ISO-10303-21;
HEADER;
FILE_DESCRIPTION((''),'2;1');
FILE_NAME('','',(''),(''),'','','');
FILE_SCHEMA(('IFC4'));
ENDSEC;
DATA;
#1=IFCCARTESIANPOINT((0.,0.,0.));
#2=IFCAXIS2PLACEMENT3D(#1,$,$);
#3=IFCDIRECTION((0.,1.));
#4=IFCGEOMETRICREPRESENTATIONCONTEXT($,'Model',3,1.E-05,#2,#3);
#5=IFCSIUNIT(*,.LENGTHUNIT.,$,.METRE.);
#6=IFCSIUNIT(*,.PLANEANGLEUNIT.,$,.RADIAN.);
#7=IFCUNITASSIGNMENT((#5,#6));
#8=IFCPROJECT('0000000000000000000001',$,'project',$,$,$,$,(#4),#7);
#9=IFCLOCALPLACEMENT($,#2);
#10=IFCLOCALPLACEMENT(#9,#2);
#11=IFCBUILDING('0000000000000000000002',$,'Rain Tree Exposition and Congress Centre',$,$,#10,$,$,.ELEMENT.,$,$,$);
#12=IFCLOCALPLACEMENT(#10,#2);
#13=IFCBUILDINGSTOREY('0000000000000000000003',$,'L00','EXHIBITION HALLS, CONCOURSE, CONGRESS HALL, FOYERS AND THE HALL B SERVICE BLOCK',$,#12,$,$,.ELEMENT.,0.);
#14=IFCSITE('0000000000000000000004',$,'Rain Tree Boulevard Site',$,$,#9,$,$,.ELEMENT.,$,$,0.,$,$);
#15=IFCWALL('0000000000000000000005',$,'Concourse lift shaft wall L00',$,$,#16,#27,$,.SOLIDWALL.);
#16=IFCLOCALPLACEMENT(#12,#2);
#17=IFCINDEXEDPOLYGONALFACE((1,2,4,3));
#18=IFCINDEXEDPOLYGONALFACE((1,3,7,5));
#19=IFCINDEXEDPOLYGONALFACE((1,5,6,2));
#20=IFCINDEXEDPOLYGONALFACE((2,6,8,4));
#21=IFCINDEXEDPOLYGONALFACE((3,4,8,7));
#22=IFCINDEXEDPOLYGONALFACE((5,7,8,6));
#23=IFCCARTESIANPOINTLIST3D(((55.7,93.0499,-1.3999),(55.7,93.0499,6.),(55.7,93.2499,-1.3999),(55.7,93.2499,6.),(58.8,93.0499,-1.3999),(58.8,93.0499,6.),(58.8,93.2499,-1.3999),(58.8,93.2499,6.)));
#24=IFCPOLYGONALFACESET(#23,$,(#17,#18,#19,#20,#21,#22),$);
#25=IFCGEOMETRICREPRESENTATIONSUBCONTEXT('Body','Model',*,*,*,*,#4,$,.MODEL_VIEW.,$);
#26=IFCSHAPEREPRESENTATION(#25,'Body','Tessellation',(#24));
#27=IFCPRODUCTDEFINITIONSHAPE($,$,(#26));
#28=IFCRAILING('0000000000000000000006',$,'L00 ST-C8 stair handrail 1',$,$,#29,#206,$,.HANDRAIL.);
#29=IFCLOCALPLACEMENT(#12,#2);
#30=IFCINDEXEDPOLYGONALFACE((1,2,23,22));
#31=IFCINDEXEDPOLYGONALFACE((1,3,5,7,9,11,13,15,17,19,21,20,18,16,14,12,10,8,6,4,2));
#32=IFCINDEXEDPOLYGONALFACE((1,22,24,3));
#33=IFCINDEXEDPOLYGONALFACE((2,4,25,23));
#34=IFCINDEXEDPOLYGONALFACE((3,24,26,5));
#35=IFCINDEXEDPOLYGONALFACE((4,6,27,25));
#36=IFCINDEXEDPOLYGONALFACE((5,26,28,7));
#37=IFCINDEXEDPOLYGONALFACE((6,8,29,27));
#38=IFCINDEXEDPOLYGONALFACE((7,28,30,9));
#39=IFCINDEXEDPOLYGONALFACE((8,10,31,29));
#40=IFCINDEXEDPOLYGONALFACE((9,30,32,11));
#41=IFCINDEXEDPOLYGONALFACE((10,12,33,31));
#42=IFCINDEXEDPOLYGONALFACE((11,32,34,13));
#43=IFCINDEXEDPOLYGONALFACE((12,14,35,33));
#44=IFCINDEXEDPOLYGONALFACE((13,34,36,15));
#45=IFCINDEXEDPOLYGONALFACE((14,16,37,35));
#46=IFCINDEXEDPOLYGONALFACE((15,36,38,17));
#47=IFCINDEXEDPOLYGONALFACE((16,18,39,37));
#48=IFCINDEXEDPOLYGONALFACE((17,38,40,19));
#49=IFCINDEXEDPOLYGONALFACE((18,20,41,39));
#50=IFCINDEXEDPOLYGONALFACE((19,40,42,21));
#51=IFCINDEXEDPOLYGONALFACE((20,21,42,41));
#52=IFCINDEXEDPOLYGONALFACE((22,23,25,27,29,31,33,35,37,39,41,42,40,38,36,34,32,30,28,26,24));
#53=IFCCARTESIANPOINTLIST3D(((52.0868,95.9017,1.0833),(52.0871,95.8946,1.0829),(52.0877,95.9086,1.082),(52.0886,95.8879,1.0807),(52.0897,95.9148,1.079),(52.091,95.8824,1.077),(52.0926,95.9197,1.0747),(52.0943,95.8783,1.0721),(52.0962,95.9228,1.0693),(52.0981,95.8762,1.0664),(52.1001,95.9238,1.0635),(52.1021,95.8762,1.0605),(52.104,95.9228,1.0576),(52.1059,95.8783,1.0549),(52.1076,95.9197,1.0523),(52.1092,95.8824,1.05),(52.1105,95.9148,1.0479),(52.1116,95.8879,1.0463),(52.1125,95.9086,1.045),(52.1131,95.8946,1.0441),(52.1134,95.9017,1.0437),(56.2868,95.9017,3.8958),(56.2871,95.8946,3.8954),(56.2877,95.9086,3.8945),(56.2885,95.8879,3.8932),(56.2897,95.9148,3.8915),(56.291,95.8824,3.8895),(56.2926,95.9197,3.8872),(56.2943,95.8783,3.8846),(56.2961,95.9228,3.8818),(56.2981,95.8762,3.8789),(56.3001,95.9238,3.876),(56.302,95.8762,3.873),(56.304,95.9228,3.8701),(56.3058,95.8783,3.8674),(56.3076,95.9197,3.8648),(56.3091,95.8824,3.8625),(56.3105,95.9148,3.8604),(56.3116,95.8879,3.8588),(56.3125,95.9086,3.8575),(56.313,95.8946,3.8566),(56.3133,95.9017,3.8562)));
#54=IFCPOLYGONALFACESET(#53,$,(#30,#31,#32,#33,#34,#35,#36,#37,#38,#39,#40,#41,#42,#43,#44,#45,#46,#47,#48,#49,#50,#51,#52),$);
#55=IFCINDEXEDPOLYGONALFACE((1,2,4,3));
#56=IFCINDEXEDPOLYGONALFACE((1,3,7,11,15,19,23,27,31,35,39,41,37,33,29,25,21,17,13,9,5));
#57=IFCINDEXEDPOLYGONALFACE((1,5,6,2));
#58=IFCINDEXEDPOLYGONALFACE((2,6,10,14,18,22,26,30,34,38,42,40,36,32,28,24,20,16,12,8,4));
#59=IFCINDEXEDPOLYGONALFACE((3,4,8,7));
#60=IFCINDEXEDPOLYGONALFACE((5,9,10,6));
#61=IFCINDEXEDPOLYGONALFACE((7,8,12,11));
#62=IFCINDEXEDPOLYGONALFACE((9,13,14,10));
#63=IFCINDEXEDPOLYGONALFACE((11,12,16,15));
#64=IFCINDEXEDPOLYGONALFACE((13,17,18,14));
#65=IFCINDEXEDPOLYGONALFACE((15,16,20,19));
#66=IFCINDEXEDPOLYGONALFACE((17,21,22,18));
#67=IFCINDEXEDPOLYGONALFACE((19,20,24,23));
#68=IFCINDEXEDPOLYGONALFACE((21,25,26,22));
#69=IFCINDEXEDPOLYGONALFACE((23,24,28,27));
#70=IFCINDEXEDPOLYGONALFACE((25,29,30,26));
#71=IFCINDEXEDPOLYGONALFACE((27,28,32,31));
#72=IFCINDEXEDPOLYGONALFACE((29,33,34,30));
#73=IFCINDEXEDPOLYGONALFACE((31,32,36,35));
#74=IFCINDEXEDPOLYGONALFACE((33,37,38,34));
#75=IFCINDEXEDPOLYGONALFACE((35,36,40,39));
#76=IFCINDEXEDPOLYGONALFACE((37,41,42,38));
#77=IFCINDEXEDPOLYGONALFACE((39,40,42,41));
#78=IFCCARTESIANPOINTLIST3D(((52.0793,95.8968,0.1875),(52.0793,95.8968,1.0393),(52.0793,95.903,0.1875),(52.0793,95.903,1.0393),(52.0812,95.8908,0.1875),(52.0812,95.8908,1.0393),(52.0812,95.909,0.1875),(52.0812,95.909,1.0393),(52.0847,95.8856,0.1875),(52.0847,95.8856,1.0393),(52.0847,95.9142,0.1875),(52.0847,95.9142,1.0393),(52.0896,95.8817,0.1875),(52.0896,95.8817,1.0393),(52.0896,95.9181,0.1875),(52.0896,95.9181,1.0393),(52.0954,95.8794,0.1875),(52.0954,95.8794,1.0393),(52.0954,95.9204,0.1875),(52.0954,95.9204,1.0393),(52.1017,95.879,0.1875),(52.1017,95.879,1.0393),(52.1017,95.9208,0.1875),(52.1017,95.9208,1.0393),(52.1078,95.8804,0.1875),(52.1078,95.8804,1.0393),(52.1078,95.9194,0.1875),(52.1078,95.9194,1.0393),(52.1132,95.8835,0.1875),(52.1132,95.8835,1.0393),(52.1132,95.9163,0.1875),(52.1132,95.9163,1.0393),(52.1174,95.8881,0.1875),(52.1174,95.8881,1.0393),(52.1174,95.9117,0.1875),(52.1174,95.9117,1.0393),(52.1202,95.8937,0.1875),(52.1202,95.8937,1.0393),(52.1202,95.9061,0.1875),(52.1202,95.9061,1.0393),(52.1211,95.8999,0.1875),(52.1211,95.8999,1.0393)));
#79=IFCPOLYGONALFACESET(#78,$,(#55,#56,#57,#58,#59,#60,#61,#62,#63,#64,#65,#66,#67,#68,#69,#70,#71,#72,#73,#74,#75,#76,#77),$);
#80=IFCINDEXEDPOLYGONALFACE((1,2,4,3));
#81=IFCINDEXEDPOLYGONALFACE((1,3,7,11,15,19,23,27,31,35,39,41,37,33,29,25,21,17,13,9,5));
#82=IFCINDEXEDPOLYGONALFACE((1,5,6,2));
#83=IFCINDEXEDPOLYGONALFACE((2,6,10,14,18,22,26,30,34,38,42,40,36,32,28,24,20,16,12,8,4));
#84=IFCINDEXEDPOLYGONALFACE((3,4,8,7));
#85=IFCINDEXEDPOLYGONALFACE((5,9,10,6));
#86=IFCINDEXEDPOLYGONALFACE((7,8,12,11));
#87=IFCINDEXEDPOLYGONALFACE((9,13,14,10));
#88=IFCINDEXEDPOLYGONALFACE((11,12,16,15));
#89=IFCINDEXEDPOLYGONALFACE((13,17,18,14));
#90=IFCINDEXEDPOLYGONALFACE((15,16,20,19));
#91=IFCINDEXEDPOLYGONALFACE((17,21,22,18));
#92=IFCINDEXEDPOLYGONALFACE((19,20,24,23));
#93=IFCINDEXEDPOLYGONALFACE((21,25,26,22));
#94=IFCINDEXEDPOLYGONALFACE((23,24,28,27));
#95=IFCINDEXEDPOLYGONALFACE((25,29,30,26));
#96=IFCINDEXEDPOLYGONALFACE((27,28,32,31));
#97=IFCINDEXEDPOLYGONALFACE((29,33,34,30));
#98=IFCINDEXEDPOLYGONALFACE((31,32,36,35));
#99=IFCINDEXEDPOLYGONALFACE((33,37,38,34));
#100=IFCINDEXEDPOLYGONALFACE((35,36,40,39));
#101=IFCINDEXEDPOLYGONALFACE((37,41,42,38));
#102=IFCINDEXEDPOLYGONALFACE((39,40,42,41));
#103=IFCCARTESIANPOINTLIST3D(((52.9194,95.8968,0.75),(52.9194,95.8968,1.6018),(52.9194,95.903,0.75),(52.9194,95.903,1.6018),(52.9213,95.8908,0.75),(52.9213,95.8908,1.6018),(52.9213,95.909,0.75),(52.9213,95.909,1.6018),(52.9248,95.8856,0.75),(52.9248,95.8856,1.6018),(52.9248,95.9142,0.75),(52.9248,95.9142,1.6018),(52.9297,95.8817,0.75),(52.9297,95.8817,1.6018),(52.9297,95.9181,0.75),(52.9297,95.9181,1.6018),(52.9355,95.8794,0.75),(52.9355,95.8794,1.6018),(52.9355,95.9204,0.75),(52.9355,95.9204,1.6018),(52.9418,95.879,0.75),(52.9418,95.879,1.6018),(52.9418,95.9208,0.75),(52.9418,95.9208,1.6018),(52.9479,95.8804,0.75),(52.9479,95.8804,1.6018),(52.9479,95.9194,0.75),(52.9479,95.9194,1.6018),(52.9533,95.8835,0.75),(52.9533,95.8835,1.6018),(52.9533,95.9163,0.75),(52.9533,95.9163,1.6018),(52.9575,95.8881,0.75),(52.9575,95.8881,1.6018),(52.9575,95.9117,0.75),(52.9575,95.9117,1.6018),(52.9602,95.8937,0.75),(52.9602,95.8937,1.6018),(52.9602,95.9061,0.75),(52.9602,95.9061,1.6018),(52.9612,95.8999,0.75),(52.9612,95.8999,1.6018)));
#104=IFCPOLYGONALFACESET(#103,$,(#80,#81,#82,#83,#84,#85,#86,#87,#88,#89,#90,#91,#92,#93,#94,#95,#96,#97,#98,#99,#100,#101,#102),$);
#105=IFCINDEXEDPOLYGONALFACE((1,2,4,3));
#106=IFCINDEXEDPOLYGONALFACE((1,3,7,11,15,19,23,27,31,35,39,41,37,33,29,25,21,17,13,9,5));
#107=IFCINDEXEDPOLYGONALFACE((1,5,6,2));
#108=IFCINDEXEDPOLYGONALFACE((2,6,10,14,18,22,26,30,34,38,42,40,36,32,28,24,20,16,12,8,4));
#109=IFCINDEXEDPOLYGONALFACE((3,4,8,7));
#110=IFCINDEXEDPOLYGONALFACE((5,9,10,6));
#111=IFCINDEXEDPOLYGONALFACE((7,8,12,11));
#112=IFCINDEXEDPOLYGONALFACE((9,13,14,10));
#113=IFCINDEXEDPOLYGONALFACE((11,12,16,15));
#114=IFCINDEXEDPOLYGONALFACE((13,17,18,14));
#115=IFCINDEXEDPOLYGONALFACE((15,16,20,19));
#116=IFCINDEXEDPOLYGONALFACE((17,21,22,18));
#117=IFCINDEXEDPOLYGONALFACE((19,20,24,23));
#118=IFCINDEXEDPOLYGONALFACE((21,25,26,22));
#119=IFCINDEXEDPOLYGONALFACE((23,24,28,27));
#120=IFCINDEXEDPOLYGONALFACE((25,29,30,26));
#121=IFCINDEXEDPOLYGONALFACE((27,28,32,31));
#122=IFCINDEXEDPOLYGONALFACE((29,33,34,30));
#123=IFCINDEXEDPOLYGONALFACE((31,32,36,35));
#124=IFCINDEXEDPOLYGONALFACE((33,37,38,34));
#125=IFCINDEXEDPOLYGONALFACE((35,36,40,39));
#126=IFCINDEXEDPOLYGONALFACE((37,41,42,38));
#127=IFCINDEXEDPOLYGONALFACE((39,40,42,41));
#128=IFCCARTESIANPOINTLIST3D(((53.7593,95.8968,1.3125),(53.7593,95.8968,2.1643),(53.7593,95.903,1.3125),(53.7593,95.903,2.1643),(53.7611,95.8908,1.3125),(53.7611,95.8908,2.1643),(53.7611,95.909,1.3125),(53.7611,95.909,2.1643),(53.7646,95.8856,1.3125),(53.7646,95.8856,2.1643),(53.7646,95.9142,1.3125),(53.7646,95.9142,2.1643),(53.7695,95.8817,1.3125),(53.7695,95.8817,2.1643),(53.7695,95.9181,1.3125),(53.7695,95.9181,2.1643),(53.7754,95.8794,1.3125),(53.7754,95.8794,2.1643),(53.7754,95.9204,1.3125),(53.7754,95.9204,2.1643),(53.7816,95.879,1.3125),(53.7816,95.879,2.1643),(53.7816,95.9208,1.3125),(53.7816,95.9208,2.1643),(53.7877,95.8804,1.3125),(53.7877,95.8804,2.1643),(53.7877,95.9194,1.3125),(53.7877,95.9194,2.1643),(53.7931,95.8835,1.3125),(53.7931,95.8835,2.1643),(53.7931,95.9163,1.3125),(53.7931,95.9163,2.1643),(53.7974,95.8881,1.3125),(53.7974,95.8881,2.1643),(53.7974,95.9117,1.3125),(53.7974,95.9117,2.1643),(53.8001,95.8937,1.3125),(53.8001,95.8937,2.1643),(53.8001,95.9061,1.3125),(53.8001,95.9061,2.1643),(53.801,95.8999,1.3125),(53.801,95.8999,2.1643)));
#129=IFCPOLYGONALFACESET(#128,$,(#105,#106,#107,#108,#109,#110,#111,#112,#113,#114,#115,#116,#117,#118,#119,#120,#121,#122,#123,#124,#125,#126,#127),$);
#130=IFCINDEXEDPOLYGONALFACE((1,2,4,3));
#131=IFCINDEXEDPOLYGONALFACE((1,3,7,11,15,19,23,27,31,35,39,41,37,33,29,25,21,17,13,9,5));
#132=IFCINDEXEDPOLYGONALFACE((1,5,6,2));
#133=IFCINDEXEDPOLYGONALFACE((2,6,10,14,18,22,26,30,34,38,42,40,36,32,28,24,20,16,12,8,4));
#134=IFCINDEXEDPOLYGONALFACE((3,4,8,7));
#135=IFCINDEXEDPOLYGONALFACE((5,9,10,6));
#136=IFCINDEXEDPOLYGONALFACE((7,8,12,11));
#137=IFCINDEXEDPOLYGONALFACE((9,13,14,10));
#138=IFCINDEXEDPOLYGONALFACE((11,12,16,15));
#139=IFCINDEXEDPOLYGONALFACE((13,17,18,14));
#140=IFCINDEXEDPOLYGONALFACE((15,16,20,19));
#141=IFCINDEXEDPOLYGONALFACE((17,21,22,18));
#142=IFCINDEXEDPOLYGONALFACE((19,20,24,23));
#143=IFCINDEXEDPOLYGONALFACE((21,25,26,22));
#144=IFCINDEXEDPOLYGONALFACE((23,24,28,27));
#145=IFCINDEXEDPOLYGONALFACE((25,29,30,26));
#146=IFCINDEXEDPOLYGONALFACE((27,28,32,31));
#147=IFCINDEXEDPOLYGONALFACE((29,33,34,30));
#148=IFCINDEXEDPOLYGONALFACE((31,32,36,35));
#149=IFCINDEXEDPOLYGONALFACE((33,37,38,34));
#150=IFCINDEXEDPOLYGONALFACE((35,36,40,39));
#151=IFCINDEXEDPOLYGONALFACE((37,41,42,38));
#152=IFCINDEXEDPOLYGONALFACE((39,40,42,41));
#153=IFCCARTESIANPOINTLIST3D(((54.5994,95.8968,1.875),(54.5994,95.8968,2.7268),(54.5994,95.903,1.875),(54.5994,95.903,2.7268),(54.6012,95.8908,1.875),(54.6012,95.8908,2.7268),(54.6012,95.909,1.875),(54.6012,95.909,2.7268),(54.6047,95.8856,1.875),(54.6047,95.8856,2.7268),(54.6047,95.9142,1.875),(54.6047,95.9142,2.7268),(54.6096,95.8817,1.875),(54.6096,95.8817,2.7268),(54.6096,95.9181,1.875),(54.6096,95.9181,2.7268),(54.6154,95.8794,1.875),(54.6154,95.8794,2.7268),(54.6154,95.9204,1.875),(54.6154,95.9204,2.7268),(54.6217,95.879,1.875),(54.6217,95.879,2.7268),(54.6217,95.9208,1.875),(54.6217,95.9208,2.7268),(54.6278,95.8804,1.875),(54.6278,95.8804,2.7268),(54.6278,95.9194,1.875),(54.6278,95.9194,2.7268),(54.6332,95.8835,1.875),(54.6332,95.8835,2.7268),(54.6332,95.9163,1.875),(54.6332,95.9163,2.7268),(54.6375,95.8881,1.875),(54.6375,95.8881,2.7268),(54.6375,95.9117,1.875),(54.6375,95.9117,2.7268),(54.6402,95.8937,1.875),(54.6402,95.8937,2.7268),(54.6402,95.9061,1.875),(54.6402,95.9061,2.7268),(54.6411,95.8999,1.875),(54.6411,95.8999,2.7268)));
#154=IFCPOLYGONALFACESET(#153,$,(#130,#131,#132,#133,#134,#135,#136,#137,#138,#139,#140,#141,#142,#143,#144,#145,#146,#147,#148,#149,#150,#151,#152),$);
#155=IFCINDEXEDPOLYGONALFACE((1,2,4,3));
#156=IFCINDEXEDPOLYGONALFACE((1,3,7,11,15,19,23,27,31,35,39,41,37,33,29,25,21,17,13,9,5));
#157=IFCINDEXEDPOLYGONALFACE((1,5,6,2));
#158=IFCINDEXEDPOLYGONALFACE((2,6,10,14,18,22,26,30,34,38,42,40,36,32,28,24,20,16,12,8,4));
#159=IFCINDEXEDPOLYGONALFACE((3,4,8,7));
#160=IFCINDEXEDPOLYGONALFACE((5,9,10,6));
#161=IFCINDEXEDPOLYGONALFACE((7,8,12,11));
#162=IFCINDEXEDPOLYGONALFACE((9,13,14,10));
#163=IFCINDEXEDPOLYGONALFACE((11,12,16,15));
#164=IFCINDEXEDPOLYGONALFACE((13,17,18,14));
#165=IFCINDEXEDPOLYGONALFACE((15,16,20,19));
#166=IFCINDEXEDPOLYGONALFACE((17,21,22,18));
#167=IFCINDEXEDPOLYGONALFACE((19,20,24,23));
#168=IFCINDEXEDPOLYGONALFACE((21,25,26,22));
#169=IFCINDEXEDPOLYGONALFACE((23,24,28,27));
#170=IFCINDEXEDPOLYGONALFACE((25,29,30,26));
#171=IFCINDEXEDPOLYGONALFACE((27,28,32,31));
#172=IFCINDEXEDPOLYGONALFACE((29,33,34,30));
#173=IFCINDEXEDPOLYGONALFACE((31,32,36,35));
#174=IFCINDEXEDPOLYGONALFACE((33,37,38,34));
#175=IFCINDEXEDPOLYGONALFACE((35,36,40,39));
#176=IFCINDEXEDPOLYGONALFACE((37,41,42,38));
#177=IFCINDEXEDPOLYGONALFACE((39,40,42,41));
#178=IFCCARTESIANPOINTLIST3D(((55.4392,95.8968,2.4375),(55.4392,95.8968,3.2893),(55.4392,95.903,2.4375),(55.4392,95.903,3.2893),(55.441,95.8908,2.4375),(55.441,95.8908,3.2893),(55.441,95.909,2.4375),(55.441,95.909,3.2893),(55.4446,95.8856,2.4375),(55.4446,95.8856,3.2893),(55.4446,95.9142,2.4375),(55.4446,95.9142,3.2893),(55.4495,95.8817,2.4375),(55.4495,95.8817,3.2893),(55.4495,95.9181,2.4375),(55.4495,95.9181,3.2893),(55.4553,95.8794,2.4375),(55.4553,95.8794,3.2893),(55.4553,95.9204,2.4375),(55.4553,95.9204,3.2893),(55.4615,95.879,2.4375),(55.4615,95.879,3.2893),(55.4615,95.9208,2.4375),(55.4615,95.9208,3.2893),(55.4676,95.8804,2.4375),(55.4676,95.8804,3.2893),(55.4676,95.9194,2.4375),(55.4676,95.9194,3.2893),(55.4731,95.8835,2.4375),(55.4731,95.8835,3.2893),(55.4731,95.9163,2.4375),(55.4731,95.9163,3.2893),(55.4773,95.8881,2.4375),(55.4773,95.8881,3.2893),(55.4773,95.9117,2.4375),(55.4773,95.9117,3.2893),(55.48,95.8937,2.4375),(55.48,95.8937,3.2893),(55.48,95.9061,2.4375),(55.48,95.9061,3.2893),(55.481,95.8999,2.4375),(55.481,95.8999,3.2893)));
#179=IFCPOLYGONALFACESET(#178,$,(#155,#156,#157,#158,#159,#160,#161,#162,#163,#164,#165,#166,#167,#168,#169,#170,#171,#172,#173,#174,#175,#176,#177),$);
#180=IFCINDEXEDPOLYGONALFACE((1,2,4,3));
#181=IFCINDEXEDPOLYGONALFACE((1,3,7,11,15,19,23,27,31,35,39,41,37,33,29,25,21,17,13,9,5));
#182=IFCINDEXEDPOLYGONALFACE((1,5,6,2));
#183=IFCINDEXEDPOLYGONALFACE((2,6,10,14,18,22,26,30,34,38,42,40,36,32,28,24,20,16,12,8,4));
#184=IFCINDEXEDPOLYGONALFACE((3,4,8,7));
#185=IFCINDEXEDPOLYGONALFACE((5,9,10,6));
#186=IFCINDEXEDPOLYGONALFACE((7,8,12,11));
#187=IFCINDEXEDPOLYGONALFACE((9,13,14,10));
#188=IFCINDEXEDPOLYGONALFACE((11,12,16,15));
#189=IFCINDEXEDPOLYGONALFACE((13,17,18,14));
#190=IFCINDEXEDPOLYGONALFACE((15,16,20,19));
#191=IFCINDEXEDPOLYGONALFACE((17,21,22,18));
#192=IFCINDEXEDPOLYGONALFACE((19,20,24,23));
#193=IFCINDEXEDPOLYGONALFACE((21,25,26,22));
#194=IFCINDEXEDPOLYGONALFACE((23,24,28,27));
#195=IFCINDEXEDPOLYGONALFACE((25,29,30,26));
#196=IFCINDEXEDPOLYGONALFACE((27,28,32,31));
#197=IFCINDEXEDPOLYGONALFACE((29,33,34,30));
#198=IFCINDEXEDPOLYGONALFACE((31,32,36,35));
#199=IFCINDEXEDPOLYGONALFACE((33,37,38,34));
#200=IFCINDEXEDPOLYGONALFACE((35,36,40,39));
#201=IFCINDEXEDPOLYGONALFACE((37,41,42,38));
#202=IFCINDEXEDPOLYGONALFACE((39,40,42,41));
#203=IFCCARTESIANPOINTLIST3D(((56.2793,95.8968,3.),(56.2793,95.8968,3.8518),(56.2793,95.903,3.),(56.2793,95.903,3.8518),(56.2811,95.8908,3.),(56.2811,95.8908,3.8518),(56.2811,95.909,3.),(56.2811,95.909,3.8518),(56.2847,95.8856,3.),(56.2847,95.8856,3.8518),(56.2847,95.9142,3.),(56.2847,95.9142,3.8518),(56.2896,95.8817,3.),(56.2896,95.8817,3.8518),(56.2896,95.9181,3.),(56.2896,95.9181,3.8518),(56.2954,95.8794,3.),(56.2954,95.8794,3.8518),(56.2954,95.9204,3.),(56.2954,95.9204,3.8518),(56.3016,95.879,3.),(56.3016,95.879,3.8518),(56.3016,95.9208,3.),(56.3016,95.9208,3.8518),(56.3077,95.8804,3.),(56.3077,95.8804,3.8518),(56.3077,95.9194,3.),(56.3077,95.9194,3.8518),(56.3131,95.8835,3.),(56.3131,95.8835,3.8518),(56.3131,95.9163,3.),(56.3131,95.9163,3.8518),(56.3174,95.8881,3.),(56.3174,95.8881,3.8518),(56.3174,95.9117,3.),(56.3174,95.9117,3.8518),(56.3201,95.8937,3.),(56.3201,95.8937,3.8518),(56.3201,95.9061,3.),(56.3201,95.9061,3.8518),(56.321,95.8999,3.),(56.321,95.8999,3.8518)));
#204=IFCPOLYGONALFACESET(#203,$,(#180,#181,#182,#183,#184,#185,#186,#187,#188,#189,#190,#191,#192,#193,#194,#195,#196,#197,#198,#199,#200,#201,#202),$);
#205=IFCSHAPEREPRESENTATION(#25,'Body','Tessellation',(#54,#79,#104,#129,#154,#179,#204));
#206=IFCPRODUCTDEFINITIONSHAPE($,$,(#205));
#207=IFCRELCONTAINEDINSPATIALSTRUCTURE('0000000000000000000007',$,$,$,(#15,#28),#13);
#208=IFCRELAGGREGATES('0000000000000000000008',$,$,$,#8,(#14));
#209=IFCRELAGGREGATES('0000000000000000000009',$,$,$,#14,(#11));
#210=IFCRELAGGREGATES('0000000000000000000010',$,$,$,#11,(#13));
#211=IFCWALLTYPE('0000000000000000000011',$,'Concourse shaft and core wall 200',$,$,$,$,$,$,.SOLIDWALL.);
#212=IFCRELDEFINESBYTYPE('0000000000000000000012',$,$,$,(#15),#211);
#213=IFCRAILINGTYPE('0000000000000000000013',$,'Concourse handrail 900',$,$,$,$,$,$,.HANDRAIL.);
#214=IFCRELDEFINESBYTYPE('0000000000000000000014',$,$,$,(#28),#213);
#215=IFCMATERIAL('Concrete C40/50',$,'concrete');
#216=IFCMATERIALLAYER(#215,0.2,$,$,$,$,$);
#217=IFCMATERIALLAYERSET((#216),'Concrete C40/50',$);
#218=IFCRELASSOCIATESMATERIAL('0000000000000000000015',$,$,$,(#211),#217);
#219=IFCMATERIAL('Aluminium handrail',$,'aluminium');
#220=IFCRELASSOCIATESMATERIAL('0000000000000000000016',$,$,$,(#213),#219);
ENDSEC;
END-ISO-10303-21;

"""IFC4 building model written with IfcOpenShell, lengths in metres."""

from ifc_helpers import new_model, si_unit, direction, frame, frame_2d, origin, origin_2d, place, context, subcontext, project, spatial, rectangle, circle, extrude, material, layer, layer_set, type_object, element, save


model = new_model("IFC4")

# Units and contexts
model_context = context("Model", 3, precision=1e-05, world=origin(), true_north=direction((0.0, 1.0)))
body_context = subcontext(model_context, "Body", "Model", "MODEL_VIEW")
ifc_project = project(units=[si_unit("LENGTHUNIT", "METRE"), si_unit("PLANEANGLEUNIT", "RADIAN")], contexts=[model_context])

# Site, building, storey
site_placement = place(None, origin())
site = spatial("IfcSite", under=ifc_project, at=site_placement, Name="Rain Tree Boulevard Site", CompositionType="ELEMENT", RefElevation=0.0)
building_placement = place(site_placement, origin())
building = spatial("IfcBuilding", under=site, at=building_placement, Name="Rain Tree Exposition and Congress Centre", CompositionType="ELEMENT")
storey_placement = place(building_placement, origin())
storey = spatial("IfcBuildingStorey", under=building, at=storey_placement, Name="L00", Description="EXHIBITION HALLS, CONCOURSE, CONGRESS HALL, FOYERS AND THE HALL B SERVICE BLOCK", CompositionType="ELEMENT", Elevation=0.0)

# Shared definitions
ifc_material_1 = material(Name="Concrete C40/50", Category="concrete")
ifc_layer_1 = layer(ifc_material_1, 0.2)
ifc_layer_set_1 = layer_set([ifc_layer_1], Name="Concrete C40/50")
wall_type_1 = type_object("IfcWallType", Name="Concourse shaft and core wall 200", PredefinedType="SOLIDWALL", material=ifc_layer_set_1)

# Wall
wall_1_placement = place(storey_placement, frame((55.7, 93.1499, -1.3999), z_axis=(0.0, 0.0, 1.0), x_axis=(1.0, 0.0, 0.0)))
element("IfcWall", 1, at=wall_1_placement, inside=storey, type_object=wall_type_1, Name="Concourse lift shaft wall L00", PredefinedType="SOLIDWALL", context=body_context, shape_type="SweptSolid", body=[
    extrude(rectangle(XDim=3.1001, YDim=0.2, at=frame_2d((1.55, 0.0))), origin(), (0.0, 0.0, 1.0), 7.3999),
])

# Railing
ifc_material_2 = material(Name="Aluminium handrail", Category="aluminium")
railing_type = type_object("IfcRailingType", Name="Concourse handrail 900", PredefinedType="HANDRAIL", material=ifc_material_2)
railing_placement = place(storey_placement, frame((52.1001, 95.8999, 0.1875)))
element("IfcRailing", 2, at=railing_placement, inside=storey, type_object=railing_type, Name="L00 ST-C8 stair handrail 1", PredefinedType="HANDRAIL", context=body_context, shape_type="SweptSolid", body=[
    extrude(circle(Radius=0.0239, at=origin_2d()), frame((0.0, 0.0, 0.876), z_axis=(0.830904, 0.0, 0.556416), x_axis=(0.0, 1.0, 0.0)), (0.0, 0.0, 1.0), 5.0547),
    extrude(circle(Radius=0.021, at=origin_2d()), origin(), (0.0, 0.0, 1.0), 0.8518),
    extrude(circle(Radius=0.021, at=origin_2d()), frame((0.8401, 0.0, 0.5625)), (0.0, 0.0, 1.0), 0.8518),
    extrude(circle(Radius=0.021, at=origin_2d()), frame((1.6799, 0.0, 1.125)), (0.0, 0.0, 1.0), 0.8518),
    extrude(circle(Radius=0.021, at=origin_2d()), frame((2.52, 0.0, 1.6875)), (0.0, 0.0, 1.0), 0.8518),
    extrude(circle(Radius=0.021, at=origin_2d()), frame((3.3599, 0.0, 2.25)), (0.0, 0.0, 1.0), 0.8518),
    extrude(circle(Radius=0.021, at=origin_2d()), frame((4.2, 0.0, 2.8125)), (0.0, 0.0, 1.0), 0.8518),
])

save(model, "model.ifc")
